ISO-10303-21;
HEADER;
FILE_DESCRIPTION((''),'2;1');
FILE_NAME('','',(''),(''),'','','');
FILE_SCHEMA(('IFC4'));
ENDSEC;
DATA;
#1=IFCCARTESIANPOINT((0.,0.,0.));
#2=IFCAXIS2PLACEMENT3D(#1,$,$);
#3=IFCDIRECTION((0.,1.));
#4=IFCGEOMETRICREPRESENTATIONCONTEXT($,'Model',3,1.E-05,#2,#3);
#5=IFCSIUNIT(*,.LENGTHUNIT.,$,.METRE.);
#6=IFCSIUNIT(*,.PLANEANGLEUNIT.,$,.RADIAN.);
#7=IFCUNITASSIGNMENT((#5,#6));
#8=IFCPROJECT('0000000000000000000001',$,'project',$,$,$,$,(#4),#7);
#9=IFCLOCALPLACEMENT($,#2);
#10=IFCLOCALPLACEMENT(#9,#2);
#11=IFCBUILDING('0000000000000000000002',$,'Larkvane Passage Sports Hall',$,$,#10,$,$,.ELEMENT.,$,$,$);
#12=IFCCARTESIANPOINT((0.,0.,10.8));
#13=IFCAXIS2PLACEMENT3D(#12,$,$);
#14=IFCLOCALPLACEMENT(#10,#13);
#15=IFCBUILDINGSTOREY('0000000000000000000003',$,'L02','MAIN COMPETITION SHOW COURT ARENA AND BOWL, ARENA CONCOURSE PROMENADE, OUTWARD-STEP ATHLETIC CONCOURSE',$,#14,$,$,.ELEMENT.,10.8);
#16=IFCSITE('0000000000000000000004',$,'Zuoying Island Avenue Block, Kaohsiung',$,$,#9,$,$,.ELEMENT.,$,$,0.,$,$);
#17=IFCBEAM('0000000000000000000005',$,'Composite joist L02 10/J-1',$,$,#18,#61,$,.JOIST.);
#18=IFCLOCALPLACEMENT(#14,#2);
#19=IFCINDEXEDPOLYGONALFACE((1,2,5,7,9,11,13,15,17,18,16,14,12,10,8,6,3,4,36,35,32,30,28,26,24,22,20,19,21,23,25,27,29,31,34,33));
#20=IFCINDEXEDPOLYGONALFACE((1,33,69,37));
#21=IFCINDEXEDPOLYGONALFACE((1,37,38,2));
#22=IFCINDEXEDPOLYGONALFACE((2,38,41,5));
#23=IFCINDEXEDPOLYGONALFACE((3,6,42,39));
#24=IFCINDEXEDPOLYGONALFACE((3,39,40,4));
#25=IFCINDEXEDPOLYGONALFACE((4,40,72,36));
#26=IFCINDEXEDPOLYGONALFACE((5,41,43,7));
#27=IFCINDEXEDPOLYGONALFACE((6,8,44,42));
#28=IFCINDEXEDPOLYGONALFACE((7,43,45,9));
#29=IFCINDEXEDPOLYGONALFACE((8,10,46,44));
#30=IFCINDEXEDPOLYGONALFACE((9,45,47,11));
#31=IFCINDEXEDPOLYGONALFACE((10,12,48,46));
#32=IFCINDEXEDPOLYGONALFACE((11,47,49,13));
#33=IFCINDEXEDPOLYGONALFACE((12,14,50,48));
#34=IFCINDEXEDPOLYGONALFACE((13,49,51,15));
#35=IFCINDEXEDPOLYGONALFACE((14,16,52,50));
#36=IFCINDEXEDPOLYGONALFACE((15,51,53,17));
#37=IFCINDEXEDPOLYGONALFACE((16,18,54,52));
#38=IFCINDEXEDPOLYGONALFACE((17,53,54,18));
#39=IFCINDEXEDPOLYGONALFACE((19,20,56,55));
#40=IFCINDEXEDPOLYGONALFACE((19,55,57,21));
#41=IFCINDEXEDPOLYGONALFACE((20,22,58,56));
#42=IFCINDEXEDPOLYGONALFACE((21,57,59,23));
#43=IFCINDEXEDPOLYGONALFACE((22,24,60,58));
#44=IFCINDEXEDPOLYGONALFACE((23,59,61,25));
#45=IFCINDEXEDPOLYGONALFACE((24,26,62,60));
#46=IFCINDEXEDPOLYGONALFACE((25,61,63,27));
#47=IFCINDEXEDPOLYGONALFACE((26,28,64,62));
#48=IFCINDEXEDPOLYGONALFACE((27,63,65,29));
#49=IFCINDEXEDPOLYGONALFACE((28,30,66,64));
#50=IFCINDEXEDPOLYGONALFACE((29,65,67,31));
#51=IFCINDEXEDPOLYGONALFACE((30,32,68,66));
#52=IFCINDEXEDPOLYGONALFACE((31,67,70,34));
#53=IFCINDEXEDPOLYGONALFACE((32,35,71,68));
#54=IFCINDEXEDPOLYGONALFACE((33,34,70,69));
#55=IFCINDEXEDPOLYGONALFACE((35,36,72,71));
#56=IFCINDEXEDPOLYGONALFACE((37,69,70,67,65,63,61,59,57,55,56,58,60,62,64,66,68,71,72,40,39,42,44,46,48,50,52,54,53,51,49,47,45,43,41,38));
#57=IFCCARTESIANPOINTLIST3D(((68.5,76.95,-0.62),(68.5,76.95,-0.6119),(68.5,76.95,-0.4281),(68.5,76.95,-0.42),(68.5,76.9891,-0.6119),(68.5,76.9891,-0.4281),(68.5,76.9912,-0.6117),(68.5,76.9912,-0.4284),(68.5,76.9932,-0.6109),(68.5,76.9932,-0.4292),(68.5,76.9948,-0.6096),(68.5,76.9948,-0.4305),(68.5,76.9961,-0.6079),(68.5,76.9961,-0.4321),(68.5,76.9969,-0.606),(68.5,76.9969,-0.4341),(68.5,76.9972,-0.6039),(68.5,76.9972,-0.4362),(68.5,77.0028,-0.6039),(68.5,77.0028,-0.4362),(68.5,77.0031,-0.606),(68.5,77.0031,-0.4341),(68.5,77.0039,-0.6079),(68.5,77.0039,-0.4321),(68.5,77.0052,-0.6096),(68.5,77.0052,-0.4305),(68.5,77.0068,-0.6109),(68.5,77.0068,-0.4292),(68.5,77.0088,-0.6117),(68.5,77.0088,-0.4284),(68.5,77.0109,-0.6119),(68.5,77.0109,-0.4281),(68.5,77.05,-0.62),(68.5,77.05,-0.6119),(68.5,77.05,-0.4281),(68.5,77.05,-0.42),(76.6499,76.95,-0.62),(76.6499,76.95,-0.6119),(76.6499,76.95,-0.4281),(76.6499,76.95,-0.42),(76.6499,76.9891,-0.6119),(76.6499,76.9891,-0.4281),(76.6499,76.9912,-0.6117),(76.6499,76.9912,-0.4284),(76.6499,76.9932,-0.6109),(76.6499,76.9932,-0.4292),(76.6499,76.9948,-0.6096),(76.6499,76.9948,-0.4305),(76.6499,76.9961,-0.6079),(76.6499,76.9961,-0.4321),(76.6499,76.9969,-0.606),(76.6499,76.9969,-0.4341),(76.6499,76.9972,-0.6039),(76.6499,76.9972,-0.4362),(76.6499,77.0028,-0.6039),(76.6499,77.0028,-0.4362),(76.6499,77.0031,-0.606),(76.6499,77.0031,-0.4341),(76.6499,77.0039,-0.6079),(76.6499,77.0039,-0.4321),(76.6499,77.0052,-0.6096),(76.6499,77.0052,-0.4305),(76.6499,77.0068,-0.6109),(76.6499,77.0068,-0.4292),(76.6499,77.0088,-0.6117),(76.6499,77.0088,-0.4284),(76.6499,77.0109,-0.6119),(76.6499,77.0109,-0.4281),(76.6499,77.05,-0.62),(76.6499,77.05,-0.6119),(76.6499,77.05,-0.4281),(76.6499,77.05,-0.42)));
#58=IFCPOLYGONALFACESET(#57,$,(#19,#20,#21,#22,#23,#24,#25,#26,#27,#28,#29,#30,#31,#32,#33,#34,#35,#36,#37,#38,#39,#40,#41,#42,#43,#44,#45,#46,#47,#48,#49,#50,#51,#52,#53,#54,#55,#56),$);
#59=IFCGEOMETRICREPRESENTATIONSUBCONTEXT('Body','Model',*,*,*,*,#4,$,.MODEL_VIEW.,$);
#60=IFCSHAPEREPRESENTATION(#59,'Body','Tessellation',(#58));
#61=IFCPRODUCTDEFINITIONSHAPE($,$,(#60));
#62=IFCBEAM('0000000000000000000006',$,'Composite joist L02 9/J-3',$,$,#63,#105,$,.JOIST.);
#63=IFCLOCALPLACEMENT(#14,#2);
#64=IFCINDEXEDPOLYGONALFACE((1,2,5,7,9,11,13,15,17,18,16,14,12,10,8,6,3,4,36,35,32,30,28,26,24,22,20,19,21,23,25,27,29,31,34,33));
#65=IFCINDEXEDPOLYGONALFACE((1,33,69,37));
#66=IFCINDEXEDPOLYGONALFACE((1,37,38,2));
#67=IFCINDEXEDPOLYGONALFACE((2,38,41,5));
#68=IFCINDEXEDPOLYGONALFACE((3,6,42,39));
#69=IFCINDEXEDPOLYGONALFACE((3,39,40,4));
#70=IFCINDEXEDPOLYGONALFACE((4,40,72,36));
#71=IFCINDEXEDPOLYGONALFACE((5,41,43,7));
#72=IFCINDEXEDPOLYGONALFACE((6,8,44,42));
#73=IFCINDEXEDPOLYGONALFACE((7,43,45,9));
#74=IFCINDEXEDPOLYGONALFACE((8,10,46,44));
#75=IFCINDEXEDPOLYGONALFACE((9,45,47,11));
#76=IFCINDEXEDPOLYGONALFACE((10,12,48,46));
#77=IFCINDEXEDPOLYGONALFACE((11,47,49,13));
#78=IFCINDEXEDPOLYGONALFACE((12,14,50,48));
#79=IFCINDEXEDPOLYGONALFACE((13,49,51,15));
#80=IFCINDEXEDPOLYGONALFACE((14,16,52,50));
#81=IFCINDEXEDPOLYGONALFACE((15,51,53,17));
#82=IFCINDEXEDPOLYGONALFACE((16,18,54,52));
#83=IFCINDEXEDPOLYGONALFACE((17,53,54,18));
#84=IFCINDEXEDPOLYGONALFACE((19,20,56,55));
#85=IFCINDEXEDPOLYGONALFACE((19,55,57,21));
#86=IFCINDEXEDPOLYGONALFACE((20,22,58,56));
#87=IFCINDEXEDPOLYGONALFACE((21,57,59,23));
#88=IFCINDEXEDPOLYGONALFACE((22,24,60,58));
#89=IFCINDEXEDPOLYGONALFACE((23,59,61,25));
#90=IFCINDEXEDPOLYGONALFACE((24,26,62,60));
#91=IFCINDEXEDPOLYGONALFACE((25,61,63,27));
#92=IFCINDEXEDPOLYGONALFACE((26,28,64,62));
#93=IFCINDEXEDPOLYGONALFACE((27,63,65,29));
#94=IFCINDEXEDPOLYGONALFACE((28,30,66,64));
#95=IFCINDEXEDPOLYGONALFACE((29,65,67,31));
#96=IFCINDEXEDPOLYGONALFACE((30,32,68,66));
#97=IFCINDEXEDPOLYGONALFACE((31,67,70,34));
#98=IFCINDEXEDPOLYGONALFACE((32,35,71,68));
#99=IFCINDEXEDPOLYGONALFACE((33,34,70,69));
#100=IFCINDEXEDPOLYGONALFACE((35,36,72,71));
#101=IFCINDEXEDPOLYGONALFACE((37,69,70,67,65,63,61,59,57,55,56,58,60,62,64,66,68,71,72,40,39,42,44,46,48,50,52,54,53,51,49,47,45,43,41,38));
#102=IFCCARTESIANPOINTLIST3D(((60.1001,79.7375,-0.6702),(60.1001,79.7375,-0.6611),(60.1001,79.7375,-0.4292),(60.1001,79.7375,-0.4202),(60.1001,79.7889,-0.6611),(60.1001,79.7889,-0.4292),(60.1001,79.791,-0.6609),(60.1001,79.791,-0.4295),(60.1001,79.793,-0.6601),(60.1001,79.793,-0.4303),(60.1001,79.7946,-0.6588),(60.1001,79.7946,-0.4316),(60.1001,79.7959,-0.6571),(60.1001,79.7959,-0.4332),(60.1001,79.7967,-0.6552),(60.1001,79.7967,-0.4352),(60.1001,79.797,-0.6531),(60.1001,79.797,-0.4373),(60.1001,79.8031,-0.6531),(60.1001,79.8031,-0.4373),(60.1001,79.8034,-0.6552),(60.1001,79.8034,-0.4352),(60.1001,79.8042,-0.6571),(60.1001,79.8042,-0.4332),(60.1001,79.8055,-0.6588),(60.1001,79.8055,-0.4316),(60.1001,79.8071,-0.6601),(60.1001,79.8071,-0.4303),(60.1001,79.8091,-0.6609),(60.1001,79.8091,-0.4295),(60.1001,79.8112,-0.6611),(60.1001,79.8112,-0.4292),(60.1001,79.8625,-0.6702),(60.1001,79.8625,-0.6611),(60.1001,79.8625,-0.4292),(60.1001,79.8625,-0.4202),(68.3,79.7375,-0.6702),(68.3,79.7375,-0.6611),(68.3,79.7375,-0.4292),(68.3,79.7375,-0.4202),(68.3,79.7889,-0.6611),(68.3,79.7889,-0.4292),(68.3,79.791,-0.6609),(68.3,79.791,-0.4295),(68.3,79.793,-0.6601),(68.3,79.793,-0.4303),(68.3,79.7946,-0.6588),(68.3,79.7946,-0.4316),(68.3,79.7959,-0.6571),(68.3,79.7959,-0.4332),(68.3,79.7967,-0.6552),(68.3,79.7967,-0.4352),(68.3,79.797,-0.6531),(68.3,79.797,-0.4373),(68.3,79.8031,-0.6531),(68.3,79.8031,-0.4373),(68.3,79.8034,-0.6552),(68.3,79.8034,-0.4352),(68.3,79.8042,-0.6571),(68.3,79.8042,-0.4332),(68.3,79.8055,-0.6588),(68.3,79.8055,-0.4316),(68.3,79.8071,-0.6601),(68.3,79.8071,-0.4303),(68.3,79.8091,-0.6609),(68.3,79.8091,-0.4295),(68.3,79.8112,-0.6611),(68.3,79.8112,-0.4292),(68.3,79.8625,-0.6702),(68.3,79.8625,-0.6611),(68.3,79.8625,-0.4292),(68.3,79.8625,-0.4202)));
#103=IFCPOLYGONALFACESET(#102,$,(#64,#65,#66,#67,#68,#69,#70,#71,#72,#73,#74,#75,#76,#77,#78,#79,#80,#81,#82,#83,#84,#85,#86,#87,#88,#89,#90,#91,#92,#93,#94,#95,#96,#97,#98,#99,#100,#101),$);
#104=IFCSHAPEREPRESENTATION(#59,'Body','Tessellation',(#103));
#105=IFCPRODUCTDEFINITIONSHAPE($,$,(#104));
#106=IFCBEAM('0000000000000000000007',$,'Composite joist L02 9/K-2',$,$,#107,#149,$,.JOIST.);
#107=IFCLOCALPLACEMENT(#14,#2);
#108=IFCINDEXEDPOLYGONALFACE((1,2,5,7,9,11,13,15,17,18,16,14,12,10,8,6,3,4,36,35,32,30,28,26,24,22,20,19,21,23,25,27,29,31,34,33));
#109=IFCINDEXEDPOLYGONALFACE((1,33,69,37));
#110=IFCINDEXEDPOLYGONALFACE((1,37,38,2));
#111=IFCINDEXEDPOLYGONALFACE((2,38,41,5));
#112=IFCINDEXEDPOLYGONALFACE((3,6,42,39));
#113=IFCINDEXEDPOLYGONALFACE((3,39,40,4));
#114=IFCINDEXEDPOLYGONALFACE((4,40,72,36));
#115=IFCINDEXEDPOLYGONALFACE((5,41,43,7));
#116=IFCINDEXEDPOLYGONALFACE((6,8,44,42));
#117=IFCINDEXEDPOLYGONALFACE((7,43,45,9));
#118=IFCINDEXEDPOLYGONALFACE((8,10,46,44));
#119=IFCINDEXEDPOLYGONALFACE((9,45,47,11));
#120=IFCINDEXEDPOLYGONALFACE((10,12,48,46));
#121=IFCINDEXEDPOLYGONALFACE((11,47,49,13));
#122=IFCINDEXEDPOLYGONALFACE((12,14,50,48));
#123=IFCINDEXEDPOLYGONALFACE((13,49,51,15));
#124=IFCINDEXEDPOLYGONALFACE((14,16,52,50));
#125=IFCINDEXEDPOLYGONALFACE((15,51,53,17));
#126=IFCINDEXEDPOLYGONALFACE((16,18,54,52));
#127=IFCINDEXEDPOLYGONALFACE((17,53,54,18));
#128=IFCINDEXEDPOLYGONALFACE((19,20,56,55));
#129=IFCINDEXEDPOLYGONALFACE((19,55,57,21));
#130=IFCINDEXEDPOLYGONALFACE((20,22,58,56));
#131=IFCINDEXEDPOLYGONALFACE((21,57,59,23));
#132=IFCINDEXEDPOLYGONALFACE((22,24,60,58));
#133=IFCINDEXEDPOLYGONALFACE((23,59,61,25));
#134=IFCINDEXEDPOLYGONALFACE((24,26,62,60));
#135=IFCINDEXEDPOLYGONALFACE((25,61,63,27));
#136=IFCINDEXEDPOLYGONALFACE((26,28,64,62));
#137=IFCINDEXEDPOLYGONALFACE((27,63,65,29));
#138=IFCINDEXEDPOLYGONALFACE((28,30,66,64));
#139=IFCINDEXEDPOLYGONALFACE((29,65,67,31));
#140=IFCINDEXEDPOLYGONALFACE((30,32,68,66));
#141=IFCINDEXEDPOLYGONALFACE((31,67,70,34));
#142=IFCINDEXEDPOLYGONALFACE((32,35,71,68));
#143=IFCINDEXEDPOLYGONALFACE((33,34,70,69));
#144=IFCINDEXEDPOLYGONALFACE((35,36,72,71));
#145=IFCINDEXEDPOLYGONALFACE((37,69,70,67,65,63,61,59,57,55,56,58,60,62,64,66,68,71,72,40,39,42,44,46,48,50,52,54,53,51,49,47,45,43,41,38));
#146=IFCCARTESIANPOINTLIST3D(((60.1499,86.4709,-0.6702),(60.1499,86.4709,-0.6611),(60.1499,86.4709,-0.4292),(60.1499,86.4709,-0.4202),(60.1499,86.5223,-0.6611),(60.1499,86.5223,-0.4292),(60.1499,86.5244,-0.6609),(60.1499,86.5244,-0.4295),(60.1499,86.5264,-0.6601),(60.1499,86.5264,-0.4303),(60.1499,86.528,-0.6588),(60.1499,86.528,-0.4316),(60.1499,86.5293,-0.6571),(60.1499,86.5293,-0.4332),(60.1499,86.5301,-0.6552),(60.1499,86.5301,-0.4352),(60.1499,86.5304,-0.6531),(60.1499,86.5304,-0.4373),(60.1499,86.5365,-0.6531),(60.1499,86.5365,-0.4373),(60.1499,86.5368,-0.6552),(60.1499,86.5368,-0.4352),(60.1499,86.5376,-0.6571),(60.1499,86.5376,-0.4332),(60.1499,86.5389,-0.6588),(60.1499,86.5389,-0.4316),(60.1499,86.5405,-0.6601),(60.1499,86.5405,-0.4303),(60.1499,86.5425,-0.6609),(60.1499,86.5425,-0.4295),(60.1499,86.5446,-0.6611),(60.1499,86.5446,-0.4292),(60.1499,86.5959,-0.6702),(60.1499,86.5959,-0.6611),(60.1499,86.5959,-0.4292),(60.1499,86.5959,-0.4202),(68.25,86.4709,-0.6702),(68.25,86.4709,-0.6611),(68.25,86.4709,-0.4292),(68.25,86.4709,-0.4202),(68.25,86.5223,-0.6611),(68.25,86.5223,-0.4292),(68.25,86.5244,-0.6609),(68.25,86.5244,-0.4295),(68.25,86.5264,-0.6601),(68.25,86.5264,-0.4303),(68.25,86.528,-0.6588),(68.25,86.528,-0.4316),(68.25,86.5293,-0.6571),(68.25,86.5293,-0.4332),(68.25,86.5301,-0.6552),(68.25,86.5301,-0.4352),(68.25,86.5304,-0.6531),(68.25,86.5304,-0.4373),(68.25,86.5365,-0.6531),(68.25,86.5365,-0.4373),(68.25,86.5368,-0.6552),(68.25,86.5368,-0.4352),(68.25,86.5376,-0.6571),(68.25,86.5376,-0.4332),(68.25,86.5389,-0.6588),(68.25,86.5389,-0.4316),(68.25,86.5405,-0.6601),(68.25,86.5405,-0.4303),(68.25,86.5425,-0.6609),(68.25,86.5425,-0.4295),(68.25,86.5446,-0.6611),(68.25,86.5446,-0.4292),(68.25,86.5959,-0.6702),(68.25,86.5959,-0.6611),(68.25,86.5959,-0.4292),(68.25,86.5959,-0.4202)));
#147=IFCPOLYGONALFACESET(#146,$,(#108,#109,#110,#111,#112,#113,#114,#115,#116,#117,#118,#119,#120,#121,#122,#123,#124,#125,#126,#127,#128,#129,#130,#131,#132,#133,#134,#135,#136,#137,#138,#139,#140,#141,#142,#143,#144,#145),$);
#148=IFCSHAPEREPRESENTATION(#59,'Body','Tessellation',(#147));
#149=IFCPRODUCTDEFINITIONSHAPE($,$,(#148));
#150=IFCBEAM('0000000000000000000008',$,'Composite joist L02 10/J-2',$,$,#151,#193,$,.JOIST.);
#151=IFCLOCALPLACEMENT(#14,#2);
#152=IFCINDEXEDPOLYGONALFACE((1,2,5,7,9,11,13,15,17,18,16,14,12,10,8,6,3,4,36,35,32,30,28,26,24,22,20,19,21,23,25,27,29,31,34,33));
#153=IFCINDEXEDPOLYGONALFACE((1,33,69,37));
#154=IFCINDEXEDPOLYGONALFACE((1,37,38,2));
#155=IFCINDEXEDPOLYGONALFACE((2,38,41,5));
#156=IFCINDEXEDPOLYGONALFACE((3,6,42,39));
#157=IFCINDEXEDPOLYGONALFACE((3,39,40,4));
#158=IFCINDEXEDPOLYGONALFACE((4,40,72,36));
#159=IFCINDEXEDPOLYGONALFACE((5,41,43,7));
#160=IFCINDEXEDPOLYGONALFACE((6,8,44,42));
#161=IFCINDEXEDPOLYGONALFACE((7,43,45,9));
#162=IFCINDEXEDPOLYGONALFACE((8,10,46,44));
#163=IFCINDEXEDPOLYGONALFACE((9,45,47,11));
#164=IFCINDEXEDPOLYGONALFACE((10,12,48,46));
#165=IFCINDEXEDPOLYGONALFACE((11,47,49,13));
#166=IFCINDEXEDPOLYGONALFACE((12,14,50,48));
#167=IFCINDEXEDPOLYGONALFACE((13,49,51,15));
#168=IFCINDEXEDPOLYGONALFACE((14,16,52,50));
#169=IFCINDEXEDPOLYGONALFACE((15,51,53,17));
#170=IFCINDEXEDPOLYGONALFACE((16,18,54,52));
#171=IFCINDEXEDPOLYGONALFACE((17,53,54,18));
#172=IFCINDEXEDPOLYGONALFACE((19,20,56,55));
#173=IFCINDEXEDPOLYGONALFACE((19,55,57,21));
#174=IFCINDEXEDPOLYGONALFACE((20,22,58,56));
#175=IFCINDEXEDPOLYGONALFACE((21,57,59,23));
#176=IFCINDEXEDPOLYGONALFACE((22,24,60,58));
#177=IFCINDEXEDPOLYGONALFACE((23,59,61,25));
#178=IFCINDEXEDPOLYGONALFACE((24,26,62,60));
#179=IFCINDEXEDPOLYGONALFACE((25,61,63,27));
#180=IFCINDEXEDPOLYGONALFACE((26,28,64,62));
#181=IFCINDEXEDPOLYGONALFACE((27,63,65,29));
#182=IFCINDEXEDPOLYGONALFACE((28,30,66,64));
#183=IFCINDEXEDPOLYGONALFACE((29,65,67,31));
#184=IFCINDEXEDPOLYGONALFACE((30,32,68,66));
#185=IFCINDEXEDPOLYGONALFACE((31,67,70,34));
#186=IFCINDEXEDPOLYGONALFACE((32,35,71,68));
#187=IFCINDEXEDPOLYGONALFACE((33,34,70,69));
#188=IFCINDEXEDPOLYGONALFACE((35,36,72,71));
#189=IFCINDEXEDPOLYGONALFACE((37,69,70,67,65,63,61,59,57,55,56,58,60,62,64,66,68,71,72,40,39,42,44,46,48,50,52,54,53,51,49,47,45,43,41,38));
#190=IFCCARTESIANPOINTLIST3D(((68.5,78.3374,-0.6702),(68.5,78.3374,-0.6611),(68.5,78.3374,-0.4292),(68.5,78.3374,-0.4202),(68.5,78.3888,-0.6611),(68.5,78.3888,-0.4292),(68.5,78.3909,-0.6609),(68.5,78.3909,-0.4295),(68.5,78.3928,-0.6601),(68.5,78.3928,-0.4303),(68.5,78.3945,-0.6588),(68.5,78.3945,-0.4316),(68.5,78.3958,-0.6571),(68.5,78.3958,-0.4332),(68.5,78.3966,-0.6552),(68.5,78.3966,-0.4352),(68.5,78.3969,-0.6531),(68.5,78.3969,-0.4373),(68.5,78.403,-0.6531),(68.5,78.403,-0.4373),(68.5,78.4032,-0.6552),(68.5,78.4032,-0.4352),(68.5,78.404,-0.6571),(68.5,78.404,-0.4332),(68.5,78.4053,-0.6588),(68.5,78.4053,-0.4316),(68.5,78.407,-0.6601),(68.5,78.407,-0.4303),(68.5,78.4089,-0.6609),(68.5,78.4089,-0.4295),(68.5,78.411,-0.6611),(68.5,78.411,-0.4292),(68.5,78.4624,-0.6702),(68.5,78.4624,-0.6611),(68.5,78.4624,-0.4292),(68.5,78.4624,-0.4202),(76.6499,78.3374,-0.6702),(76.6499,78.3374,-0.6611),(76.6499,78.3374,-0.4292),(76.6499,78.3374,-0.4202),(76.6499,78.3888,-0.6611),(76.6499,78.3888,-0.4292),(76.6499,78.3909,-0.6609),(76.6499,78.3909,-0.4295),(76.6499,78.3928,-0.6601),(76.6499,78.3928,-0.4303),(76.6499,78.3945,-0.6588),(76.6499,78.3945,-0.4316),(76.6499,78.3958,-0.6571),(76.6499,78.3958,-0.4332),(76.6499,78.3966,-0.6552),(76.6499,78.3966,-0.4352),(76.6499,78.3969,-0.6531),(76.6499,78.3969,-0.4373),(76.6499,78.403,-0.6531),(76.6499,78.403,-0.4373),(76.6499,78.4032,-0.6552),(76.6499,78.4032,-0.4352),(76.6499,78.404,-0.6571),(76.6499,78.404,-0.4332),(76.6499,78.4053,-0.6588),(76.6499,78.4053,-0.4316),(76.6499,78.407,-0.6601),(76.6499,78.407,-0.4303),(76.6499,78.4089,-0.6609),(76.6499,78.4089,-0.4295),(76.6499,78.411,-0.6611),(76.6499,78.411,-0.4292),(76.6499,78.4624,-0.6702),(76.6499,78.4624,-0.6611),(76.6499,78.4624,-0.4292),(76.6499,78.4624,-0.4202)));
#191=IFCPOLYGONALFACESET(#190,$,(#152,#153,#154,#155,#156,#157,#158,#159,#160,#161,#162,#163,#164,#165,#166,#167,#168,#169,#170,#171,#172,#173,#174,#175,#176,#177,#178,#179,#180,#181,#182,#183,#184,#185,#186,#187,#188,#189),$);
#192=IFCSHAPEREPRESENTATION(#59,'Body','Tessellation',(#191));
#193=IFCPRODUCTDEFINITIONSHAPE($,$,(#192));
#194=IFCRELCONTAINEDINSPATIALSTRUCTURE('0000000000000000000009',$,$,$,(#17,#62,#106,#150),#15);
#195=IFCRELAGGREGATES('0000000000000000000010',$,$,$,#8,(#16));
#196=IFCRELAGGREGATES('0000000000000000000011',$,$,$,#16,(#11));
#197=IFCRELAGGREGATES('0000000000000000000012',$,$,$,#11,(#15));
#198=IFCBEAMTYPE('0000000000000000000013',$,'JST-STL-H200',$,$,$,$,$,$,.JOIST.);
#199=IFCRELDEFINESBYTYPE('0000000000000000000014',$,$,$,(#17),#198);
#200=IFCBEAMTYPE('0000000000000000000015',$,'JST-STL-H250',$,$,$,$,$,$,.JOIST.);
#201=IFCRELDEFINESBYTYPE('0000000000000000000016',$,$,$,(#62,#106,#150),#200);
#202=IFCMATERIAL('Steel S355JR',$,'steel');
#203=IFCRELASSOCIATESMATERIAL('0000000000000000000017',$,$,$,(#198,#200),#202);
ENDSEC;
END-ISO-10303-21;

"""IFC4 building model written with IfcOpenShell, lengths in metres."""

from ifc_helpers import new_model, si_unit, direction, frame, origin, origin_2d, place, context, subcontext, project, spatial, i_section, extrude, material, material_profile, profile_set, type_object, element, save


model = new_model("IFC4")

# Units and contexts
model_context = context("Model", 3, precision=1e-05, world=origin(), true_north=direction((0.0, 1.0)))
body_context = subcontext(model_context, "Body", "Model", "MODEL_VIEW")
ifc_project = project(units=[si_unit("LENGTHUNIT", "METRE"), si_unit("PLANEANGLEUNIT", "RADIAN")], contexts=[model_context])

# Site, building, storey
site_placement = place(None, origin())
site = spatial("IfcSite", under=ifc_project, at=site_placement, Name="Zuoying Island Avenue Block, Kaohsiung", CompositionType="ELEMENT", RefElevation=0.0)
building_placement = place(site_placement, origin())
building = spatial("IfcBuilding", under=site, at=building_placement, Name="Larkvane Passage Sports Hall", CompositionType="ELEMENT")
storey_placement = place(building_placement, frame((0.0, 0.0, 10.8)))
storey = spatial("IfcBuildingStorey", under=building, at=storey_placement, Name="L02", Description="MAIN COMPETITION SHOW COURT ARENA AND BOWL, ARENA CONCOURSE PROMENADE, OUTWARD-STEP ATHLETIC CONCOURSE", CompositionType="ELEMENT", Elevation=10.8)

# Shared definitions
ifc_material_1 = material(Name="Steel S355JR", Category="steel")

# Beams
ifc_material_profile_1 = material_profile(ifc_material_1, i_section(OverallWidth=0.1001, OverallDepth=0.2, WebThickness=0.0056, FlangeThickness=0.0081, FilletRadius=0.0081, at=origin_2d()), Name="H-200x100x5.5x8")
ifc_profile_set_1 = profile_set([ifc_material_profile_1], Name="Steel S355JR")
beam_type_1 = type_object("IfcBeamType", Name="JST-STL-H200", PredefinedType="JOIST", material=ifc_profile_set_1)
beam_1_placement = place(storey_placement, frame((68.5, 77.0, -0.52), z_axis=(1.0, 0.0, 0.0), x_axis=(0.0, 1.0, 0.0)))
element("IfcBeam", 1, at=beam_1_placement, inside=storey, type_object=beam_type_1, Name="Composite joist L02 10/J-1", PredefinedType="JOIST", context=body_context, shape_type="SweptSolid", body=[
    extrude(i_section(OverallWidth=0.1001, OverallDepth=0.2, WebThickness=0.0056, FlangeThickness=0.0081, FilletRadius=0.0081, at=origin_2d()), origin(), (0.0, 0.0, 1.0), 8.1499),
])
ifc_material_profile_2 = material_profile(ifc_material_1, i_section(OverallWidth=0.125, OverallDepth=0.25, WebThickness=0.0061, FlangeThickness=0.009, FilletRadius=0.0081, at=origin_2d()), Name="H-250x125x6x9")
ifc_profile_set_2 = profile_set([ifc_material_profile_2], Name="Steel S355JR")
beam_type_2 = type_object("IfcBeamType", Name="JST-STL-H250", PredefinedType="JOIST", material=ifc_profile_set_2)
beam_2_placement = place(storey_placement, frame((60.1001, 79.8, -0.5452), z_axis=(1.0, 0.0, 0.0), x_axis=(0.0, 1.0, 0.0)))
element("IfcBeam", 2, at=beam_2_placement, inside=storey, type_object=beam_type_2, Name="Composite joist L02 9/J-3", PredefinedType="JOIST", context=body_context, shape_type="SweptSolid", body=[
    extrude(i_section(OverallWidth=0.125, OverallDepth=0.25, WebThickness=0.0061, FlangeThickness=0.009, FilletRadius=0.0081, at=origin_2d()), origin(), (0.0, 0.0, 1.0), 8.2),
])
beam_3_placement = place(storey_placement, frame((60.1499, 86.5334, -0.5452), z_axis=(1.0, 0.0, 0.0), x_axis=(0.0, 1.0, 0.0)))
element("IfcBeam", 3, at=beam_3_placement, inside=storey, type_object=beam_type_2, Name="Composite joist L02 9/K-2", PredefinedType="JOIST", context=body_context, shape_type="SweptSolid", body=[
    extrude(i_section(OverallWidth=0.125, OverallDepth=0.25, WebThickness=0.0061, FlangeThickness=0.009, FilletRadius=0.0081, at=origin_2d()), origin(), (0.0, 0.0, 1.0), 8.1001),
])
beam_4_placement = place(storey_placement, frame((68.5, 78.3999, -0.5452), z_axis=(1.0, 0.0, 0.0), x_axis=(0.0, 1.0, 0.0)))
element("IfcBeam", 4, at=beam_4_placement, inside=storey, type_object=beam_type_2, Name="Composite joist L02 10/J-2", PredefinedType="JOIST", context=body_context, shape_type="SweptSolid", body=[
    extrude(i_section(OverallWidth=0.125, OverallDepth=0.25, WebThickness=0.0061, FlangeThickness=0.009, FilletRadius=0.0081, at=origin_2d()), origin(), (0.0, 0.0, 1.0), 8.1499),
])

save(model, "model.ifc")
